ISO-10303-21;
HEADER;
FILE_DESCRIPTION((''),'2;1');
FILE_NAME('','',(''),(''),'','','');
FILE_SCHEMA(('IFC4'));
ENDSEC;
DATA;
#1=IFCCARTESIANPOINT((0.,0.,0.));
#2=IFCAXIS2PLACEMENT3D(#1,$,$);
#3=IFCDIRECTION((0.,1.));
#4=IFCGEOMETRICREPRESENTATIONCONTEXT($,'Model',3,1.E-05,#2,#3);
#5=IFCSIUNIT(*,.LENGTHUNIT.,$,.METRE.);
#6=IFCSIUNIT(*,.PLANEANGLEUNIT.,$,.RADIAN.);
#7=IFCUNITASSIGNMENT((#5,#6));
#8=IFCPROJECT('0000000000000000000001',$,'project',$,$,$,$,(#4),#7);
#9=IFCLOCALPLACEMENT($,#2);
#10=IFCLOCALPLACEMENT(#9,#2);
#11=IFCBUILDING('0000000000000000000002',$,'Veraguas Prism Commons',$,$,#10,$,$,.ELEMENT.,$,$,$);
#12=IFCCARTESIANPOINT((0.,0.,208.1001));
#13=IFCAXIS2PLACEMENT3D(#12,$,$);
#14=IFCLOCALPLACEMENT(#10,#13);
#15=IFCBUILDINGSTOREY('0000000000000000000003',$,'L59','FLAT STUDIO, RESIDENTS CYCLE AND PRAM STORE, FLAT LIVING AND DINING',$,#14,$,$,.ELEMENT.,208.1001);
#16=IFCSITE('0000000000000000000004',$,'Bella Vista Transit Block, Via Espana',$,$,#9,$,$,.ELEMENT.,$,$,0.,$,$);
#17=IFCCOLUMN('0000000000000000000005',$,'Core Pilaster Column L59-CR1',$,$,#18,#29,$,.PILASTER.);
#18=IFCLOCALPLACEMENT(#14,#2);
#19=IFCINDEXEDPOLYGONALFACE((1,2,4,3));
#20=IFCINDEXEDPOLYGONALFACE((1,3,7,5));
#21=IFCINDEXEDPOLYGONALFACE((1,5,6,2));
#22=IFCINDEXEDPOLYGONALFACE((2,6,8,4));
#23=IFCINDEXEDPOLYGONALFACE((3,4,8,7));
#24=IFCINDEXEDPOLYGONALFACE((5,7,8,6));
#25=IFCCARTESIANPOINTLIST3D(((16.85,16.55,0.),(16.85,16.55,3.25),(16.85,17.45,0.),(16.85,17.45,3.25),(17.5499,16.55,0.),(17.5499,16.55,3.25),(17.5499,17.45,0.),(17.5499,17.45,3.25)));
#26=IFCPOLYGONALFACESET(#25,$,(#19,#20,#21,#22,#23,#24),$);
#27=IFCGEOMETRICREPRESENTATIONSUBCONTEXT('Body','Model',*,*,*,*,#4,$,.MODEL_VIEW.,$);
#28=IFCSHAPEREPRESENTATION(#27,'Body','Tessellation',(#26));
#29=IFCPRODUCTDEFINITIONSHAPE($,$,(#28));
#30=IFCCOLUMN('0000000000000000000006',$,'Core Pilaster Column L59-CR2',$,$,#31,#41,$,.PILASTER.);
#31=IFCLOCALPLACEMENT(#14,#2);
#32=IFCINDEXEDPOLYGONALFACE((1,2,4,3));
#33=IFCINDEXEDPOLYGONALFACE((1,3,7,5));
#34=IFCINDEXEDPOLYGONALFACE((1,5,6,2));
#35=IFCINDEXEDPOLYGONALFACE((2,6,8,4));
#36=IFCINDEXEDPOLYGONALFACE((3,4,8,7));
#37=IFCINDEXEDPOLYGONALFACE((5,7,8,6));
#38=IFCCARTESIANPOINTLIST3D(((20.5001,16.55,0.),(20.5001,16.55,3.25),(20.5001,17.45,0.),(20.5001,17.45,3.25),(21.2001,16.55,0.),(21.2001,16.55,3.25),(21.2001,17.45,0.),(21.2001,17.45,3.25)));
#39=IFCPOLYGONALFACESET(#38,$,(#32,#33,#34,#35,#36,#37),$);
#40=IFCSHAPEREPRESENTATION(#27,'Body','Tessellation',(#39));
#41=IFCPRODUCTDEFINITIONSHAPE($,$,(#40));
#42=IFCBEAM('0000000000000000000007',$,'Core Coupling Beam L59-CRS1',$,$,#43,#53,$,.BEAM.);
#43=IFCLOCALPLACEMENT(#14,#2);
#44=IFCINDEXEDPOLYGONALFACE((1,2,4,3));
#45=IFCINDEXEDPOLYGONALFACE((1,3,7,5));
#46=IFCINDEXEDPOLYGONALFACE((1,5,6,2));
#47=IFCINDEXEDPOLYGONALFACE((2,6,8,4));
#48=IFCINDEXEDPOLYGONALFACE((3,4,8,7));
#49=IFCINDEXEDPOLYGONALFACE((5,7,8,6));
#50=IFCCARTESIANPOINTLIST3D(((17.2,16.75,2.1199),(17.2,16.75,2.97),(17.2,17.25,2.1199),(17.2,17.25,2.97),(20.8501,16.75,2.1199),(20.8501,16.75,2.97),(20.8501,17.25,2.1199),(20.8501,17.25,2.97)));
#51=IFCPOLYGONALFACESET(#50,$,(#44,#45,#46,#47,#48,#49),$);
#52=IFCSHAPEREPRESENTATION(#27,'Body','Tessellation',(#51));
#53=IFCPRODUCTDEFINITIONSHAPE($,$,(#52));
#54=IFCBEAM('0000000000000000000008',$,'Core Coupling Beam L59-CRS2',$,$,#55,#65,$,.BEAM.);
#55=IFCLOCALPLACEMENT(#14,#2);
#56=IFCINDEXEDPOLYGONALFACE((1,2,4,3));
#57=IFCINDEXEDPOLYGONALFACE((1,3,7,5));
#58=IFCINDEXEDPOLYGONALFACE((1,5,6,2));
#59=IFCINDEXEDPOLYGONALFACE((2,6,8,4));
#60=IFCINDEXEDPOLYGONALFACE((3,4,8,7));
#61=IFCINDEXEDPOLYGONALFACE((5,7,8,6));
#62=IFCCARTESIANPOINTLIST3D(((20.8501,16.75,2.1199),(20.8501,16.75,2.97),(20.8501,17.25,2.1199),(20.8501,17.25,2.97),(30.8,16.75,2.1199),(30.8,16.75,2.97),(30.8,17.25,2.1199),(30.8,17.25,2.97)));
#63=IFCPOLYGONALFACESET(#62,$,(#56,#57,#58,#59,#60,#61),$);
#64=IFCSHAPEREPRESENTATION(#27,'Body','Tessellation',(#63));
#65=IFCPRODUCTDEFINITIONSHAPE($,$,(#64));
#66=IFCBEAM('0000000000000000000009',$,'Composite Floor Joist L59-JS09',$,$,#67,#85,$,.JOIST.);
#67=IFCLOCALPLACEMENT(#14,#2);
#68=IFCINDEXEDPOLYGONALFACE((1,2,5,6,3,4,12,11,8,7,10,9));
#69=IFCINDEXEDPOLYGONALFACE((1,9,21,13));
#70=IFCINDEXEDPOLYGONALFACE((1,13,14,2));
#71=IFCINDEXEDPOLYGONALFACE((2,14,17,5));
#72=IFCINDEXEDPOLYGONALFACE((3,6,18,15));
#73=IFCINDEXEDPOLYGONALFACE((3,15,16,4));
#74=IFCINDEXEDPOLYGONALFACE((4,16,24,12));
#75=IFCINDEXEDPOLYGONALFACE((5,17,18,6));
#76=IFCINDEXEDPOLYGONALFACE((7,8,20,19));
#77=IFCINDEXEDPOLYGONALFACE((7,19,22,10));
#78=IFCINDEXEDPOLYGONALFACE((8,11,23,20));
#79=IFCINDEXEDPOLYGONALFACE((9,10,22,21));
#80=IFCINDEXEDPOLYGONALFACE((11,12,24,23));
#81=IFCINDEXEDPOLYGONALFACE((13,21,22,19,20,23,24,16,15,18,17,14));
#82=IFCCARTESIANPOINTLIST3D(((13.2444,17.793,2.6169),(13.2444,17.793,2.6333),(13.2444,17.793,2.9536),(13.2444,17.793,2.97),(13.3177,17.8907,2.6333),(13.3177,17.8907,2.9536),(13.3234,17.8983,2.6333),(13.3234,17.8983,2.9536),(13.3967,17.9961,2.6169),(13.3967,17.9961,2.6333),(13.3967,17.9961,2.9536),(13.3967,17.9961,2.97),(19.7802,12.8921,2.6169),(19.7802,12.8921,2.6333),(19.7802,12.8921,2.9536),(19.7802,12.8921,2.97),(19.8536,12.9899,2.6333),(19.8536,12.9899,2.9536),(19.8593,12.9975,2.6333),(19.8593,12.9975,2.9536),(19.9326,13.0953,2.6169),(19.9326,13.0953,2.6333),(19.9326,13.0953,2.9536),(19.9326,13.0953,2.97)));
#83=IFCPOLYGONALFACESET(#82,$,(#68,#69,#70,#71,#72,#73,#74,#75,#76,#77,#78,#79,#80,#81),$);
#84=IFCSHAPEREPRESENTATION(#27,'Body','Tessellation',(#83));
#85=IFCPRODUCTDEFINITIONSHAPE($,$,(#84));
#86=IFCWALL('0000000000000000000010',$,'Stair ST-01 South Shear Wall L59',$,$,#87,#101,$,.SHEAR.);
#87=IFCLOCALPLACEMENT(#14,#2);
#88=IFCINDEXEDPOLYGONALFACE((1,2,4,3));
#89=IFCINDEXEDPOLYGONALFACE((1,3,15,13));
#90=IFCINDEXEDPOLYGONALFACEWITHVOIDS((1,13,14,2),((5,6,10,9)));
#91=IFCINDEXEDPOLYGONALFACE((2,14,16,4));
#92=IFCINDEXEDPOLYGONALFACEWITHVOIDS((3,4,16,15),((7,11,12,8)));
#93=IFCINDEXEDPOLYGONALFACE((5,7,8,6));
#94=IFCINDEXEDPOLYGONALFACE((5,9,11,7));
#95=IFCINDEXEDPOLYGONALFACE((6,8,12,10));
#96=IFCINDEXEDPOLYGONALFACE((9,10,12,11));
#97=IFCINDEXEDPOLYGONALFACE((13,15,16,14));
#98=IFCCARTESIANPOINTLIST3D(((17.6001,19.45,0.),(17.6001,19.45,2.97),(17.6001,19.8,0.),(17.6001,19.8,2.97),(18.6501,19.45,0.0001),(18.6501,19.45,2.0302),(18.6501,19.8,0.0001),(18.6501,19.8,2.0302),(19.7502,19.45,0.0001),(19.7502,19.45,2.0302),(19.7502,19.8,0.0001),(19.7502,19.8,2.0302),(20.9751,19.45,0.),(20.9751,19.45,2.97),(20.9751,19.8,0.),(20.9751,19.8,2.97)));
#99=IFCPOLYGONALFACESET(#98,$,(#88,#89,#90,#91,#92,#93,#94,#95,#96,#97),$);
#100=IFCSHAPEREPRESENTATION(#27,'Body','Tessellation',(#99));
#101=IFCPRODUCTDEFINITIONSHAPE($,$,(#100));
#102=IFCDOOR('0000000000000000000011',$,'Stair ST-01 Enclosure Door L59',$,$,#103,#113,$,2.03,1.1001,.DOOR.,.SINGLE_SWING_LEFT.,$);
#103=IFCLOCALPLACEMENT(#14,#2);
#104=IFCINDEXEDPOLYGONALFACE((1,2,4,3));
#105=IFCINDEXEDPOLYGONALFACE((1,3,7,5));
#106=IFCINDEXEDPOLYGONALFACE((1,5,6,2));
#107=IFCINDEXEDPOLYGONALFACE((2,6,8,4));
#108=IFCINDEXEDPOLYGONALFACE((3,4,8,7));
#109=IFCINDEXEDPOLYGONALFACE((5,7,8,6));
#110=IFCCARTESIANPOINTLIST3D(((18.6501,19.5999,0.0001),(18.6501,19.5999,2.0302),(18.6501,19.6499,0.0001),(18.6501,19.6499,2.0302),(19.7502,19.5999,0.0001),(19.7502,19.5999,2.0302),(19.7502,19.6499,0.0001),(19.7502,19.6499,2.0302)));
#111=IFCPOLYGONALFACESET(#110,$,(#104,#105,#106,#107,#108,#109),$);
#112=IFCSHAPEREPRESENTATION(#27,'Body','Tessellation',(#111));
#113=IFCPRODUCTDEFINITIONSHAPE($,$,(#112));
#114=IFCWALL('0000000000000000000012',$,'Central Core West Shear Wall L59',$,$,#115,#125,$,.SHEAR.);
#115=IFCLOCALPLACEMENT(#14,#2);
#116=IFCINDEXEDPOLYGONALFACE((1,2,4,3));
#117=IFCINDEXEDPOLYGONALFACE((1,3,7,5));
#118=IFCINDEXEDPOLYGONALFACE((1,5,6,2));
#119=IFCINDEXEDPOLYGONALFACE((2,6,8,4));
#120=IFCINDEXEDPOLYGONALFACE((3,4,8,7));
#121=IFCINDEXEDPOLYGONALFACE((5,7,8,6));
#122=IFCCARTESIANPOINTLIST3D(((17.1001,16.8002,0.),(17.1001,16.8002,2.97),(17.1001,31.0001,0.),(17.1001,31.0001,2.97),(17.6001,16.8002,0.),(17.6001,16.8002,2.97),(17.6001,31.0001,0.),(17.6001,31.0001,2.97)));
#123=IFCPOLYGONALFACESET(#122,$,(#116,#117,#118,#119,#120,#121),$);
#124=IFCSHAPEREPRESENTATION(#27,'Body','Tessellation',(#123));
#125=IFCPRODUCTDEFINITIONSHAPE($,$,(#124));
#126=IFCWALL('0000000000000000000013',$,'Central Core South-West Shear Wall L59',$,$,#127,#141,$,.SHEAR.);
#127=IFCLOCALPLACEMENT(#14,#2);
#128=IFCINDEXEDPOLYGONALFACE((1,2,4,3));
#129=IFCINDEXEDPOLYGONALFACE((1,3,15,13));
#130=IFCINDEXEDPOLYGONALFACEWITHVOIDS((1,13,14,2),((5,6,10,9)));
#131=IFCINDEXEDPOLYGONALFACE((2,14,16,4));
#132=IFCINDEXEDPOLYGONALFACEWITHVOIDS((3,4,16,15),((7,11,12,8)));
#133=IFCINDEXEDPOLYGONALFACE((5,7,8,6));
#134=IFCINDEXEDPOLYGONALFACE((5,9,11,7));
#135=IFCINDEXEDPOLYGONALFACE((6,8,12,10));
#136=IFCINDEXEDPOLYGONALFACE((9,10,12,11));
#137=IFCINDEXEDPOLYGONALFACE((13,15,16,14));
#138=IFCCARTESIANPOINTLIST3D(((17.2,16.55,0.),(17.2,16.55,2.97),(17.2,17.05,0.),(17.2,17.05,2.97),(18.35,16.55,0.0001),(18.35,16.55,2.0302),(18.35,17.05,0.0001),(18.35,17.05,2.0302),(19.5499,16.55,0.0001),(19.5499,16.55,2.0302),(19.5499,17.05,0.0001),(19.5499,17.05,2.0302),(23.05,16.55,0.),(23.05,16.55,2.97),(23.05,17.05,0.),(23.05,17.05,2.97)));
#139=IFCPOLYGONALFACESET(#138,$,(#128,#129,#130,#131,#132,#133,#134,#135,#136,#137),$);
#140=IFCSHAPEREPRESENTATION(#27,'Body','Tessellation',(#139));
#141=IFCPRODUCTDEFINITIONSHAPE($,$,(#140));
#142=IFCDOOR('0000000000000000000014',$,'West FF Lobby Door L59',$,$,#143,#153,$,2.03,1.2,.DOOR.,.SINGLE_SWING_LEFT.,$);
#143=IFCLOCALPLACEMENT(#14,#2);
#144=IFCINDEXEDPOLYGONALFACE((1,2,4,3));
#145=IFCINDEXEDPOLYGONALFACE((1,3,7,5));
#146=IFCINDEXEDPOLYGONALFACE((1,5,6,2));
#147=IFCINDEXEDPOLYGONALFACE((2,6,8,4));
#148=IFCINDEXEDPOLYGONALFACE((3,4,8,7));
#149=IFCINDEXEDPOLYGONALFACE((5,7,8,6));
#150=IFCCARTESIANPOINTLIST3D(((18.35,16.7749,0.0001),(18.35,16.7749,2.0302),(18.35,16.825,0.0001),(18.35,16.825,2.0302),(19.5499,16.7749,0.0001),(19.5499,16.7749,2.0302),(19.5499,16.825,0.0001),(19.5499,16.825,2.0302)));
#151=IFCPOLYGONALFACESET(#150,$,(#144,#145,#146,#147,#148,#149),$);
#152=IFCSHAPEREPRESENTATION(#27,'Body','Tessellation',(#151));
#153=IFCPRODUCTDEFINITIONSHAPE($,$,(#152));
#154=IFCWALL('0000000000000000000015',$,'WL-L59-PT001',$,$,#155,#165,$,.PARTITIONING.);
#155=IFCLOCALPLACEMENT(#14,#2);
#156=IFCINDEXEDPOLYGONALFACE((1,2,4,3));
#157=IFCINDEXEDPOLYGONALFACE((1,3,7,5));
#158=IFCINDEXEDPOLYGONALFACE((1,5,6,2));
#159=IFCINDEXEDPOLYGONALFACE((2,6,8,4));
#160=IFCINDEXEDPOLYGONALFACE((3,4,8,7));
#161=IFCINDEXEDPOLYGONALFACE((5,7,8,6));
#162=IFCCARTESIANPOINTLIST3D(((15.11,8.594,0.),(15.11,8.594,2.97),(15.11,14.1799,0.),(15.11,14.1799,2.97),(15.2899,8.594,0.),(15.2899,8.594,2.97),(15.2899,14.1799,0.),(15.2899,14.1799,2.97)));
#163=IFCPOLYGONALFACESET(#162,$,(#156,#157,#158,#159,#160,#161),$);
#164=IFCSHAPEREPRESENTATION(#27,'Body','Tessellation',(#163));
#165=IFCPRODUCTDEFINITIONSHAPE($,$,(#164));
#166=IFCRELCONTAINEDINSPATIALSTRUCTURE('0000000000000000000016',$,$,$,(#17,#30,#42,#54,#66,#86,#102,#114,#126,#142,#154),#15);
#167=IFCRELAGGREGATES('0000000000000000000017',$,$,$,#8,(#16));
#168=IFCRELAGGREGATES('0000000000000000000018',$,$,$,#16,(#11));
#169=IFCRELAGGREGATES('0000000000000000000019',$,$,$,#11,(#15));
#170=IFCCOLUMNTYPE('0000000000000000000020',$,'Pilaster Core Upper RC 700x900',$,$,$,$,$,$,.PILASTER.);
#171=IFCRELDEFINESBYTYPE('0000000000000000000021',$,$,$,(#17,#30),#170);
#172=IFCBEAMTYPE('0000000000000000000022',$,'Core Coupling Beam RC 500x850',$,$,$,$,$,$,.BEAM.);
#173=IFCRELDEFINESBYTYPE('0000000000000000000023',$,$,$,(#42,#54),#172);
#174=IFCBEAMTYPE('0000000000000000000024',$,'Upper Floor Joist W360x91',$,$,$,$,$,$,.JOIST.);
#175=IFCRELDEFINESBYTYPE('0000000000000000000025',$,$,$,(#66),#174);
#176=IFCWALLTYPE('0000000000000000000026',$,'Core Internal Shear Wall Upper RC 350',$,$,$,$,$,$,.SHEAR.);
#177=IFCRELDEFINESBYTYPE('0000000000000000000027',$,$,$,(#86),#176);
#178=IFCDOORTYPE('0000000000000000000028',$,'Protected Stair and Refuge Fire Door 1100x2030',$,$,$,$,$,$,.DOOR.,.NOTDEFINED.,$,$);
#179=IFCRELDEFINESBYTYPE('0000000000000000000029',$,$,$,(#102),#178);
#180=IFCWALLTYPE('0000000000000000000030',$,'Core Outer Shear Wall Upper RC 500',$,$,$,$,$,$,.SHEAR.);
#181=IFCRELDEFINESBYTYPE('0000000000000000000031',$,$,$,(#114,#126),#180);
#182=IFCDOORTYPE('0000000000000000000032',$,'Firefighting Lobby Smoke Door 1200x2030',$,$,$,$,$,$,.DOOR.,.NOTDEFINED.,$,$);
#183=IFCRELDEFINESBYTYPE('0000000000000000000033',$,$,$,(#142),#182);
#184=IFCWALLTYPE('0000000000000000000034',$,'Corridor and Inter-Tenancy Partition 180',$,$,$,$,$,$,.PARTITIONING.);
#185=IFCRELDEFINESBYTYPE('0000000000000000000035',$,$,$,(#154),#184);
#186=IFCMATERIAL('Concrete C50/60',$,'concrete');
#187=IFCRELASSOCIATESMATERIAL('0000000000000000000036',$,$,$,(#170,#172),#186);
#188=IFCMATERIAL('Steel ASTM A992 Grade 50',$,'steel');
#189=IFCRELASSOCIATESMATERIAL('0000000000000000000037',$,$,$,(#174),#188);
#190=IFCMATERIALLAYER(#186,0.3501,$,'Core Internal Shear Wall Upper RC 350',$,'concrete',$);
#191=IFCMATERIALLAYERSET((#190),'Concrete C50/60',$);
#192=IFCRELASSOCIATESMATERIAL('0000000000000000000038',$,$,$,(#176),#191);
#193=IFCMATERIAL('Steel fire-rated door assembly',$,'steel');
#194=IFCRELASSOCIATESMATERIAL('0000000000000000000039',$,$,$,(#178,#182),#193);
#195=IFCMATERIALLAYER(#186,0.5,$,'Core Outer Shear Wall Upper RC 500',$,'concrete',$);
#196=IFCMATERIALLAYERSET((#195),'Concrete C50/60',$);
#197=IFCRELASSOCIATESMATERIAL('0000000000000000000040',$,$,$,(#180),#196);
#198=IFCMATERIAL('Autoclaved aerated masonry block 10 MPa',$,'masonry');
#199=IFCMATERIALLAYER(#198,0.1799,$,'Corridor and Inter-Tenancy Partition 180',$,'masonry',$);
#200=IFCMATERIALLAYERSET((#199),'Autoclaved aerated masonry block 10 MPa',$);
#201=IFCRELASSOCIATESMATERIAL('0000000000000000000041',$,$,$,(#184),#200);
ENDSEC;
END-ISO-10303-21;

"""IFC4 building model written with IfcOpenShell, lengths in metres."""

from ifc_helpers import new_model, si_unit, direction, frame, frame_2d, origin, origin_2d, place, context, subcontext, project, spatial, rectangle, i_section, extrude, source, transform, mapped, material, layer, layer_set, material_profile, profile_set, type_object, element, fill, save


model = new_model("IFC4")

# Units and contexts
model_context = context("Model", 3, precision=1e-05, world=origin(), true_north=direction((0.0, 1.0)))
body_context = subcontext(model_context, "Body", "Model", "MODEL_VIEW")
ifc_project = project(units=[si_unit("LENGTHUNIT", "METRE"), si_unit("PLANEANGLEUNIT", "RADIAN")], contexts=[model_context])

# Site, building, storey
site_placement = place(None, origin())
site = spatial("IfcSite", under=ifc_project, at=site_placement, Name="Bella Vista Transit Block, Via Espana", CompositionType="ELEMENT", RefElevation=0.0)
building_placement = place(site_placement, origin())
building = spatial("IfcBuilding", under=site, at=building_placement, Name="Veraguas Prism Commons", CompositionType="ELEMENT")
storey_placement = place(building_placement, frame((0.0, 0.0, 208.1001)))
storey = spatial("IfcBuildingStorey", under=building, at=storey_placement, Name="L59", Description="FLAT STUDIO, RESIDENTS CYCLE AND PRAM STORE, FLAT LIVING AND DINING", CompositionType="ELEMENT", Elevation=208.1001)

# Columns
ifc_material_1 = material(Name="Concrete C50/60", Category="concrete")
ifc_material_profile_1 = material_profile(ifc_material_1, rectangle(XDim=0.7, YDim=0.8999, at=origin_2d()), Name="RC700X900")
ifc_profile_set_1 = profile_set([ifc_material_profile_1], Name="Concrete C50/60")
column_type = type_object("IfcColumnType", Name="Pilaster Core Upper RC 700x900", PredefinedType="PILASTER", material=ifc_profile_set_1)
for number, where, z_axis, x_axis, name in (
    (1, (17.2, 17.0, 0.0), (0.0, 0.0, 1.0), (1.0, 0.0, 0.0), "Core Pilaster Column L59-CR1"),
    (2, (20.8501, 17.0, 0.0), (0.0, 0.0, 1.0), (1.0, 0.0, 0.0), "Core Pilaster Column L59-CR2"),
):
    element("IfcColumn", number, at=place(storey_placement, frame(where, z_axis=z_axis, x_axis=x_axis)), inside=storey, type_object=column_type, Name=name, PredefinedType="PILASTER", context=body_context, shape_type="SweptSolid", body=[
        extrude(rectangle(XDim=0.7, YDim=0.8999, at=origin_2d()), origin(), (0.0, 0.0, 1.0), 3.25),
    ])

# Beams
ifc_material_profile_2 = material_profile(ifc_material_1, rectangle(XDim=0.5, YDim=0.8501, at=origin_2d()), Name="RC500X850")
ifc_profile_set_2 = profile_set([ifc_material_profile_2], Name="Concrete C50/60")
beam_type_1 = type_object("IfcBeamType", Name="Core Coupling Beam RC 500x850", PredefinedType="BEAM", material=ifc_profile_set_2)
beam_1_placement = place(storey_placement, frame((17.2, 17.0, 2.5449), z_axis=(1.0, 0.0, 0.0), x_axis=(0.0, 1.0, 0.0)))
element("IfcBeam", 3, at=beam_1_placement, inside=storey, type_object=beam_type_1, Name="Core Coupling Beam L59-CRS1", PredefinedType="BEAM", context=body_context, shape_type="SweptSolid", body=[
    extrude(rectangle(XDim=0.5, YDim=0.8501, at=origin_2d()), origin(), (0.0, 0.0, 1.0), 3.6501),
])
beam_2_placement = place(storey_placement, frame((20.8501, 17.0, 2.5449), z_axis=(1.0, 0.0, 0.0), x_axis=(0.0, 1.0, 0.0)))
element("IfcBeam", 4, at=beam_2_placement, inside=storey, type_object=beam_type_1, Name="Core Coupling Beam L59-CRS2", PredefinedType="BEAM", context=body_context, shape_type="SweptSolid", body=[
    extrude(rectangle(XDim=0.5, YDim=0.8501, at=origin_2d()), origin(), (0.0, 0.0, 1.0), 9.95),
])
ifc_material_2 = material(Name="Steel ASTM A992 Grade 50", Category="steel")
ifc_material_profile_3 = material_profile(ifc_material_2, i_section(OverallWidth=0.2539, OverallDepth=0.353, WebThickness=0.0095, FlangeThickness=0.0164, at=origin_2d()), Name="W360X91")
ifc_profile_set_3 = profile_set([ifc_material_profile_3], Name="Steel ASTM A992 Grade 50")
beam_type_2 = type_object("IfcBeamType", Name="Upper Floor Joist W360x91", PredefinedType="JOIST", material=ifc_profile_set_3)
beam_3_placement = place(storey_placement, frame((13.3206, 17.8945, 2.7935), z_axis=(0.800061, -0.599919, 0.0), x_axis=(0.599919, 0.800061, 0.0)))
element("IfcBeam", 5, at=beam_3_placement, inside=storey, type_object=beam_type_2, Name="Composite Floor Joist L59-JS09", PredefinedType="JOIST", context=body_context, shape_type="SweptSolid", body=[
    extrude(i_section(OverallWidth=0.2539, OverallDepth=0.353, WebThickness=0.0095, FlangeThickness=0.0164, at=origin_2d()), origin(), (0.0, 0.0, 1.0), 8.1692),
])

# Wall, opening, door
ifc_layer_1 = layer(ifc_material_1, 0.3501, Name="Core Internal Shear Wall Upper RC 350", Category="concrete")
ifc_layer_set_1 = layer_set([ifc_layer_1], Name="Concrete C50/60")
wall_type_1 = type_object("IfcWallType", Name="Core Internal Shear Wall Upper RC 350", PredefinedType="SHEAR", material=ifc_layer_set_1)
wall_1_placement = place(storey_placement, frame((17.6001, 19.625, 0.0), z_axis=(0.0, 0.0, 1.0), x_axis=(1.0, 0.0, 0.0)))
wall_1 = element("IfcWall", 6, at=wall_1_placement, inside=storey, type_object=wall_type_1, Name="Stair ST-01 South Shear Wall L59", PredefinedType="SHEAR", context=body_context, shape_type="SweptSolid", body=[
    extrude(rectangle(XDim=3.375, YDim=0.3501, at=frame_2d((1.6875, 0.0))), origin(), (0.0, 0.0, 1.0), 2.97),
])
opening_1_placement = place(wall_1_placement, frame((1.05, 0.0, 0.0)))
opening_1 = element("IfcOpeningElement", 7, at=opening_1_placement, cuts=wall_1, PredefinedType="OPENING", context=body_context, shape_type="SweptSolid", body=[
    extrude(rectangle(XDim=1.1001, YDim=2.03, at=frame_2d((0.55, 1.0151))), frame((0.0, 0.1851, 0.0), z_axis=(0.0, -1.0, 0.0), x_axis=(1.0, 0.0, 0.0)), (0.0, 0.0, 1.0), 0.3701),
])
ifc_material_3 = material(Name="Steel fire-rated door assembly", Category="steel")
door_type_1 = type_object("IfcDoorType", Name="Protected Stair and Refuge Fire Door 1100x2030", OperationType="NOTDEFINED", PredefinedType="DOOR", material=ifc_material_3)
shared_shape_1 = source(origin(), body_context, "Body", "SweptSolid", [
    extrude(rectangle(XDim=1.1001, YDim=2.03, at=frame_2d((0.55, 1.0151))), frame((0.0, 0.0249, 0.0), z_axis=(0.0, -1.0, 0.0), x_axis=(1.0, 0.0, 0.0)), (0.0, 0.0, 1.0), 0.05),
])
door_1_placement = place(opening_1_placement, origin())
door_1 = element("IfcDoor", 8, at=door_1_placement, inside=storey, type_object=door_type_1, Name="Stair ST-01 Enclosure Door L59", OperationType="SINGLE_SWING_LEFT", OverallHeight=2.03, OverallWidth=1.1001, PredefinedType="DOOR", context=body_context, shape_type="MappedRepresentation", body=[
    mapped(shared_shape_1, transform((0.0, 0.0, 0.0), scale=1.0)),
])
fill(opening_1, door_1)

# Wall
ifc_layer_2 = layer(ifc_material_1, 0.5, Name="Core Outer Shear Wall Upper RC 500", Category="concrete")
ifc_layer_set_2 = layer_set([ifc_layer_2], Name="Concrete C50/60")
wall_type_2 = type_object("IfcWallType", Name="Core Outer Shear Wall Upper RC 500", PredefinedType="SHEAR", material=ifc_layer_set_2)
wall_2_placement = place(storey_placement, frame((17.3501, 16.8, 0.0), z_axis=(0.0, 0.0, 1.0), x_axis=(0.0, 1.0, 0.0)))
element("IfcWall", 9, at=wall_2_placement, inside=storey, type_object=wall_type_2, Name="Central Core West Shear Wall L59", PredefinedType="SHEAR", context=body_context, shape_type="SweptSolid", body=[
    extrude(rectangle(XDim=14.2, YDim=0.5, at=frame_2d((7.1001, 0.0))), origin(), (0.0, 0.0, 1.0), 2.97),
])

# Wall, opening, door
wall_3_placement = place(storey_placement, frame((17.2, 16.8, 0.0), z_axis=(0.0, 0.0, 1.0), x_axis=(1.0, 0.0, 0.0)))
wall_3 = element("IfcWall", 10, at=wall_3_placement, inside=storey, type_object=wall_type_2, Name="Central Core South-West Shear Wall L59", PredefinedType="SHEAR", context=body_context, shape_type="SweptSolid", body=[
    extrude(rectangle(XDim=5.8501, YDim=0.5, at=frame_2d((2.925, 0.0))), origin(), (0.0, 0.0, 1.0), 2.97),
])
opening_2_placement = place(wall_3_placement, frame((1.1499, 0.0, 0.0)))
opening_2 = element("IfcOpeningElement", 11, at=opening_2_placement, cuts=wall_3, PredefinedType="OPENING", context=body_context, shape_type="SweptSolid", body=[
    extrude(rectangle(XDim=1.2, YDim=2.03, at=frame_2d((0.6001, 1.0151))), frame((0.0, 0.26, 0.0), z_axis=(0.0, -1.0, 0.0), x_axis=(1.0, 0.0, 0.0)), (0.0, 0.0, 1.0), 0.52),
])
door_type_2 = type_object("IfcDoorType", Name="Firefighting Lobby Smoke Door 1200x2030", OperationType="NOTDEFINED", PredefinedType="DOOR", material=ifc_material_3)
shared_shape_2 = source(origin(), body_context, "Body", "SweptSolid", [
    extrude(rectangle(XDim=1.2, YDim=2.03, at=frame_2d((0.6001, 1.0151))), frame((0.0, 0.0249, 0.0), z_axis=(0.0, -1.0, 0.0), x_axis=(1.0, 0.0, 0.0)), (0.0, 0.0, 1.0), 0.05),
])
door_2_placement = place(opening_2_placement, origin())
door_2 = element("IfcDoor", 12, at=door_2_placement, inside=storey, type_object=door_type_2, Name="West FF Lobby Door L59", OperationType="SINGLE_SWING_LEFT", OverallHeight=2.03, OverallWidth=1.2, PredefinedType="DOOR", context=body_context, shape_type="MappedRepresentation", body=[
    mapped(shared_shape_2, transform((0.0, 0.0, 0.0), scale=1.0)),
])
fill(opening_2, door_2)

# Wall
ifc_material_4 = material(Name="Autoclaved aerated masonry block 10 MPa", Category="masonry")
ifc_layer_3 = layer(ifc_material_4, 0.1799, Name="Corridor and Inter-Tenancy Partition 180", Category="masonry")
ifc_layer_set_3 = layer_set([ifc_layer_3], Name="Autoclaved aerated masonry block 10 MPa")
wall_type_3 = type_object("IfcWallType", Name="Corridor and Inter-Tenancy Partition 180", PredefinedType="PARTITIONING", material=ifc_layer_set_3)
wall_4_placement = place(storey_placement, frame((15.2, 14.1799, 0.0), z_axis=(0.0, 0.0, 1.0), x_axis=(0.0, -1.0, 0.0)))
element("IfcWall", 13, at=wall_4_placement, inside=storey, type_object=wall_type_3, Name="WL-L59-PT001", PredefinedType="PARTITIONING", context=body_context, shape_type="SweptSolid", body=[
    extrude(rectangle(XDim=5.5859, YDim=0.1799, at=frame_2d((2.793, 0.0))), origin(), (0.0, 0.0, 1.0), 2.97),
])

save(model, "model.ifc")
